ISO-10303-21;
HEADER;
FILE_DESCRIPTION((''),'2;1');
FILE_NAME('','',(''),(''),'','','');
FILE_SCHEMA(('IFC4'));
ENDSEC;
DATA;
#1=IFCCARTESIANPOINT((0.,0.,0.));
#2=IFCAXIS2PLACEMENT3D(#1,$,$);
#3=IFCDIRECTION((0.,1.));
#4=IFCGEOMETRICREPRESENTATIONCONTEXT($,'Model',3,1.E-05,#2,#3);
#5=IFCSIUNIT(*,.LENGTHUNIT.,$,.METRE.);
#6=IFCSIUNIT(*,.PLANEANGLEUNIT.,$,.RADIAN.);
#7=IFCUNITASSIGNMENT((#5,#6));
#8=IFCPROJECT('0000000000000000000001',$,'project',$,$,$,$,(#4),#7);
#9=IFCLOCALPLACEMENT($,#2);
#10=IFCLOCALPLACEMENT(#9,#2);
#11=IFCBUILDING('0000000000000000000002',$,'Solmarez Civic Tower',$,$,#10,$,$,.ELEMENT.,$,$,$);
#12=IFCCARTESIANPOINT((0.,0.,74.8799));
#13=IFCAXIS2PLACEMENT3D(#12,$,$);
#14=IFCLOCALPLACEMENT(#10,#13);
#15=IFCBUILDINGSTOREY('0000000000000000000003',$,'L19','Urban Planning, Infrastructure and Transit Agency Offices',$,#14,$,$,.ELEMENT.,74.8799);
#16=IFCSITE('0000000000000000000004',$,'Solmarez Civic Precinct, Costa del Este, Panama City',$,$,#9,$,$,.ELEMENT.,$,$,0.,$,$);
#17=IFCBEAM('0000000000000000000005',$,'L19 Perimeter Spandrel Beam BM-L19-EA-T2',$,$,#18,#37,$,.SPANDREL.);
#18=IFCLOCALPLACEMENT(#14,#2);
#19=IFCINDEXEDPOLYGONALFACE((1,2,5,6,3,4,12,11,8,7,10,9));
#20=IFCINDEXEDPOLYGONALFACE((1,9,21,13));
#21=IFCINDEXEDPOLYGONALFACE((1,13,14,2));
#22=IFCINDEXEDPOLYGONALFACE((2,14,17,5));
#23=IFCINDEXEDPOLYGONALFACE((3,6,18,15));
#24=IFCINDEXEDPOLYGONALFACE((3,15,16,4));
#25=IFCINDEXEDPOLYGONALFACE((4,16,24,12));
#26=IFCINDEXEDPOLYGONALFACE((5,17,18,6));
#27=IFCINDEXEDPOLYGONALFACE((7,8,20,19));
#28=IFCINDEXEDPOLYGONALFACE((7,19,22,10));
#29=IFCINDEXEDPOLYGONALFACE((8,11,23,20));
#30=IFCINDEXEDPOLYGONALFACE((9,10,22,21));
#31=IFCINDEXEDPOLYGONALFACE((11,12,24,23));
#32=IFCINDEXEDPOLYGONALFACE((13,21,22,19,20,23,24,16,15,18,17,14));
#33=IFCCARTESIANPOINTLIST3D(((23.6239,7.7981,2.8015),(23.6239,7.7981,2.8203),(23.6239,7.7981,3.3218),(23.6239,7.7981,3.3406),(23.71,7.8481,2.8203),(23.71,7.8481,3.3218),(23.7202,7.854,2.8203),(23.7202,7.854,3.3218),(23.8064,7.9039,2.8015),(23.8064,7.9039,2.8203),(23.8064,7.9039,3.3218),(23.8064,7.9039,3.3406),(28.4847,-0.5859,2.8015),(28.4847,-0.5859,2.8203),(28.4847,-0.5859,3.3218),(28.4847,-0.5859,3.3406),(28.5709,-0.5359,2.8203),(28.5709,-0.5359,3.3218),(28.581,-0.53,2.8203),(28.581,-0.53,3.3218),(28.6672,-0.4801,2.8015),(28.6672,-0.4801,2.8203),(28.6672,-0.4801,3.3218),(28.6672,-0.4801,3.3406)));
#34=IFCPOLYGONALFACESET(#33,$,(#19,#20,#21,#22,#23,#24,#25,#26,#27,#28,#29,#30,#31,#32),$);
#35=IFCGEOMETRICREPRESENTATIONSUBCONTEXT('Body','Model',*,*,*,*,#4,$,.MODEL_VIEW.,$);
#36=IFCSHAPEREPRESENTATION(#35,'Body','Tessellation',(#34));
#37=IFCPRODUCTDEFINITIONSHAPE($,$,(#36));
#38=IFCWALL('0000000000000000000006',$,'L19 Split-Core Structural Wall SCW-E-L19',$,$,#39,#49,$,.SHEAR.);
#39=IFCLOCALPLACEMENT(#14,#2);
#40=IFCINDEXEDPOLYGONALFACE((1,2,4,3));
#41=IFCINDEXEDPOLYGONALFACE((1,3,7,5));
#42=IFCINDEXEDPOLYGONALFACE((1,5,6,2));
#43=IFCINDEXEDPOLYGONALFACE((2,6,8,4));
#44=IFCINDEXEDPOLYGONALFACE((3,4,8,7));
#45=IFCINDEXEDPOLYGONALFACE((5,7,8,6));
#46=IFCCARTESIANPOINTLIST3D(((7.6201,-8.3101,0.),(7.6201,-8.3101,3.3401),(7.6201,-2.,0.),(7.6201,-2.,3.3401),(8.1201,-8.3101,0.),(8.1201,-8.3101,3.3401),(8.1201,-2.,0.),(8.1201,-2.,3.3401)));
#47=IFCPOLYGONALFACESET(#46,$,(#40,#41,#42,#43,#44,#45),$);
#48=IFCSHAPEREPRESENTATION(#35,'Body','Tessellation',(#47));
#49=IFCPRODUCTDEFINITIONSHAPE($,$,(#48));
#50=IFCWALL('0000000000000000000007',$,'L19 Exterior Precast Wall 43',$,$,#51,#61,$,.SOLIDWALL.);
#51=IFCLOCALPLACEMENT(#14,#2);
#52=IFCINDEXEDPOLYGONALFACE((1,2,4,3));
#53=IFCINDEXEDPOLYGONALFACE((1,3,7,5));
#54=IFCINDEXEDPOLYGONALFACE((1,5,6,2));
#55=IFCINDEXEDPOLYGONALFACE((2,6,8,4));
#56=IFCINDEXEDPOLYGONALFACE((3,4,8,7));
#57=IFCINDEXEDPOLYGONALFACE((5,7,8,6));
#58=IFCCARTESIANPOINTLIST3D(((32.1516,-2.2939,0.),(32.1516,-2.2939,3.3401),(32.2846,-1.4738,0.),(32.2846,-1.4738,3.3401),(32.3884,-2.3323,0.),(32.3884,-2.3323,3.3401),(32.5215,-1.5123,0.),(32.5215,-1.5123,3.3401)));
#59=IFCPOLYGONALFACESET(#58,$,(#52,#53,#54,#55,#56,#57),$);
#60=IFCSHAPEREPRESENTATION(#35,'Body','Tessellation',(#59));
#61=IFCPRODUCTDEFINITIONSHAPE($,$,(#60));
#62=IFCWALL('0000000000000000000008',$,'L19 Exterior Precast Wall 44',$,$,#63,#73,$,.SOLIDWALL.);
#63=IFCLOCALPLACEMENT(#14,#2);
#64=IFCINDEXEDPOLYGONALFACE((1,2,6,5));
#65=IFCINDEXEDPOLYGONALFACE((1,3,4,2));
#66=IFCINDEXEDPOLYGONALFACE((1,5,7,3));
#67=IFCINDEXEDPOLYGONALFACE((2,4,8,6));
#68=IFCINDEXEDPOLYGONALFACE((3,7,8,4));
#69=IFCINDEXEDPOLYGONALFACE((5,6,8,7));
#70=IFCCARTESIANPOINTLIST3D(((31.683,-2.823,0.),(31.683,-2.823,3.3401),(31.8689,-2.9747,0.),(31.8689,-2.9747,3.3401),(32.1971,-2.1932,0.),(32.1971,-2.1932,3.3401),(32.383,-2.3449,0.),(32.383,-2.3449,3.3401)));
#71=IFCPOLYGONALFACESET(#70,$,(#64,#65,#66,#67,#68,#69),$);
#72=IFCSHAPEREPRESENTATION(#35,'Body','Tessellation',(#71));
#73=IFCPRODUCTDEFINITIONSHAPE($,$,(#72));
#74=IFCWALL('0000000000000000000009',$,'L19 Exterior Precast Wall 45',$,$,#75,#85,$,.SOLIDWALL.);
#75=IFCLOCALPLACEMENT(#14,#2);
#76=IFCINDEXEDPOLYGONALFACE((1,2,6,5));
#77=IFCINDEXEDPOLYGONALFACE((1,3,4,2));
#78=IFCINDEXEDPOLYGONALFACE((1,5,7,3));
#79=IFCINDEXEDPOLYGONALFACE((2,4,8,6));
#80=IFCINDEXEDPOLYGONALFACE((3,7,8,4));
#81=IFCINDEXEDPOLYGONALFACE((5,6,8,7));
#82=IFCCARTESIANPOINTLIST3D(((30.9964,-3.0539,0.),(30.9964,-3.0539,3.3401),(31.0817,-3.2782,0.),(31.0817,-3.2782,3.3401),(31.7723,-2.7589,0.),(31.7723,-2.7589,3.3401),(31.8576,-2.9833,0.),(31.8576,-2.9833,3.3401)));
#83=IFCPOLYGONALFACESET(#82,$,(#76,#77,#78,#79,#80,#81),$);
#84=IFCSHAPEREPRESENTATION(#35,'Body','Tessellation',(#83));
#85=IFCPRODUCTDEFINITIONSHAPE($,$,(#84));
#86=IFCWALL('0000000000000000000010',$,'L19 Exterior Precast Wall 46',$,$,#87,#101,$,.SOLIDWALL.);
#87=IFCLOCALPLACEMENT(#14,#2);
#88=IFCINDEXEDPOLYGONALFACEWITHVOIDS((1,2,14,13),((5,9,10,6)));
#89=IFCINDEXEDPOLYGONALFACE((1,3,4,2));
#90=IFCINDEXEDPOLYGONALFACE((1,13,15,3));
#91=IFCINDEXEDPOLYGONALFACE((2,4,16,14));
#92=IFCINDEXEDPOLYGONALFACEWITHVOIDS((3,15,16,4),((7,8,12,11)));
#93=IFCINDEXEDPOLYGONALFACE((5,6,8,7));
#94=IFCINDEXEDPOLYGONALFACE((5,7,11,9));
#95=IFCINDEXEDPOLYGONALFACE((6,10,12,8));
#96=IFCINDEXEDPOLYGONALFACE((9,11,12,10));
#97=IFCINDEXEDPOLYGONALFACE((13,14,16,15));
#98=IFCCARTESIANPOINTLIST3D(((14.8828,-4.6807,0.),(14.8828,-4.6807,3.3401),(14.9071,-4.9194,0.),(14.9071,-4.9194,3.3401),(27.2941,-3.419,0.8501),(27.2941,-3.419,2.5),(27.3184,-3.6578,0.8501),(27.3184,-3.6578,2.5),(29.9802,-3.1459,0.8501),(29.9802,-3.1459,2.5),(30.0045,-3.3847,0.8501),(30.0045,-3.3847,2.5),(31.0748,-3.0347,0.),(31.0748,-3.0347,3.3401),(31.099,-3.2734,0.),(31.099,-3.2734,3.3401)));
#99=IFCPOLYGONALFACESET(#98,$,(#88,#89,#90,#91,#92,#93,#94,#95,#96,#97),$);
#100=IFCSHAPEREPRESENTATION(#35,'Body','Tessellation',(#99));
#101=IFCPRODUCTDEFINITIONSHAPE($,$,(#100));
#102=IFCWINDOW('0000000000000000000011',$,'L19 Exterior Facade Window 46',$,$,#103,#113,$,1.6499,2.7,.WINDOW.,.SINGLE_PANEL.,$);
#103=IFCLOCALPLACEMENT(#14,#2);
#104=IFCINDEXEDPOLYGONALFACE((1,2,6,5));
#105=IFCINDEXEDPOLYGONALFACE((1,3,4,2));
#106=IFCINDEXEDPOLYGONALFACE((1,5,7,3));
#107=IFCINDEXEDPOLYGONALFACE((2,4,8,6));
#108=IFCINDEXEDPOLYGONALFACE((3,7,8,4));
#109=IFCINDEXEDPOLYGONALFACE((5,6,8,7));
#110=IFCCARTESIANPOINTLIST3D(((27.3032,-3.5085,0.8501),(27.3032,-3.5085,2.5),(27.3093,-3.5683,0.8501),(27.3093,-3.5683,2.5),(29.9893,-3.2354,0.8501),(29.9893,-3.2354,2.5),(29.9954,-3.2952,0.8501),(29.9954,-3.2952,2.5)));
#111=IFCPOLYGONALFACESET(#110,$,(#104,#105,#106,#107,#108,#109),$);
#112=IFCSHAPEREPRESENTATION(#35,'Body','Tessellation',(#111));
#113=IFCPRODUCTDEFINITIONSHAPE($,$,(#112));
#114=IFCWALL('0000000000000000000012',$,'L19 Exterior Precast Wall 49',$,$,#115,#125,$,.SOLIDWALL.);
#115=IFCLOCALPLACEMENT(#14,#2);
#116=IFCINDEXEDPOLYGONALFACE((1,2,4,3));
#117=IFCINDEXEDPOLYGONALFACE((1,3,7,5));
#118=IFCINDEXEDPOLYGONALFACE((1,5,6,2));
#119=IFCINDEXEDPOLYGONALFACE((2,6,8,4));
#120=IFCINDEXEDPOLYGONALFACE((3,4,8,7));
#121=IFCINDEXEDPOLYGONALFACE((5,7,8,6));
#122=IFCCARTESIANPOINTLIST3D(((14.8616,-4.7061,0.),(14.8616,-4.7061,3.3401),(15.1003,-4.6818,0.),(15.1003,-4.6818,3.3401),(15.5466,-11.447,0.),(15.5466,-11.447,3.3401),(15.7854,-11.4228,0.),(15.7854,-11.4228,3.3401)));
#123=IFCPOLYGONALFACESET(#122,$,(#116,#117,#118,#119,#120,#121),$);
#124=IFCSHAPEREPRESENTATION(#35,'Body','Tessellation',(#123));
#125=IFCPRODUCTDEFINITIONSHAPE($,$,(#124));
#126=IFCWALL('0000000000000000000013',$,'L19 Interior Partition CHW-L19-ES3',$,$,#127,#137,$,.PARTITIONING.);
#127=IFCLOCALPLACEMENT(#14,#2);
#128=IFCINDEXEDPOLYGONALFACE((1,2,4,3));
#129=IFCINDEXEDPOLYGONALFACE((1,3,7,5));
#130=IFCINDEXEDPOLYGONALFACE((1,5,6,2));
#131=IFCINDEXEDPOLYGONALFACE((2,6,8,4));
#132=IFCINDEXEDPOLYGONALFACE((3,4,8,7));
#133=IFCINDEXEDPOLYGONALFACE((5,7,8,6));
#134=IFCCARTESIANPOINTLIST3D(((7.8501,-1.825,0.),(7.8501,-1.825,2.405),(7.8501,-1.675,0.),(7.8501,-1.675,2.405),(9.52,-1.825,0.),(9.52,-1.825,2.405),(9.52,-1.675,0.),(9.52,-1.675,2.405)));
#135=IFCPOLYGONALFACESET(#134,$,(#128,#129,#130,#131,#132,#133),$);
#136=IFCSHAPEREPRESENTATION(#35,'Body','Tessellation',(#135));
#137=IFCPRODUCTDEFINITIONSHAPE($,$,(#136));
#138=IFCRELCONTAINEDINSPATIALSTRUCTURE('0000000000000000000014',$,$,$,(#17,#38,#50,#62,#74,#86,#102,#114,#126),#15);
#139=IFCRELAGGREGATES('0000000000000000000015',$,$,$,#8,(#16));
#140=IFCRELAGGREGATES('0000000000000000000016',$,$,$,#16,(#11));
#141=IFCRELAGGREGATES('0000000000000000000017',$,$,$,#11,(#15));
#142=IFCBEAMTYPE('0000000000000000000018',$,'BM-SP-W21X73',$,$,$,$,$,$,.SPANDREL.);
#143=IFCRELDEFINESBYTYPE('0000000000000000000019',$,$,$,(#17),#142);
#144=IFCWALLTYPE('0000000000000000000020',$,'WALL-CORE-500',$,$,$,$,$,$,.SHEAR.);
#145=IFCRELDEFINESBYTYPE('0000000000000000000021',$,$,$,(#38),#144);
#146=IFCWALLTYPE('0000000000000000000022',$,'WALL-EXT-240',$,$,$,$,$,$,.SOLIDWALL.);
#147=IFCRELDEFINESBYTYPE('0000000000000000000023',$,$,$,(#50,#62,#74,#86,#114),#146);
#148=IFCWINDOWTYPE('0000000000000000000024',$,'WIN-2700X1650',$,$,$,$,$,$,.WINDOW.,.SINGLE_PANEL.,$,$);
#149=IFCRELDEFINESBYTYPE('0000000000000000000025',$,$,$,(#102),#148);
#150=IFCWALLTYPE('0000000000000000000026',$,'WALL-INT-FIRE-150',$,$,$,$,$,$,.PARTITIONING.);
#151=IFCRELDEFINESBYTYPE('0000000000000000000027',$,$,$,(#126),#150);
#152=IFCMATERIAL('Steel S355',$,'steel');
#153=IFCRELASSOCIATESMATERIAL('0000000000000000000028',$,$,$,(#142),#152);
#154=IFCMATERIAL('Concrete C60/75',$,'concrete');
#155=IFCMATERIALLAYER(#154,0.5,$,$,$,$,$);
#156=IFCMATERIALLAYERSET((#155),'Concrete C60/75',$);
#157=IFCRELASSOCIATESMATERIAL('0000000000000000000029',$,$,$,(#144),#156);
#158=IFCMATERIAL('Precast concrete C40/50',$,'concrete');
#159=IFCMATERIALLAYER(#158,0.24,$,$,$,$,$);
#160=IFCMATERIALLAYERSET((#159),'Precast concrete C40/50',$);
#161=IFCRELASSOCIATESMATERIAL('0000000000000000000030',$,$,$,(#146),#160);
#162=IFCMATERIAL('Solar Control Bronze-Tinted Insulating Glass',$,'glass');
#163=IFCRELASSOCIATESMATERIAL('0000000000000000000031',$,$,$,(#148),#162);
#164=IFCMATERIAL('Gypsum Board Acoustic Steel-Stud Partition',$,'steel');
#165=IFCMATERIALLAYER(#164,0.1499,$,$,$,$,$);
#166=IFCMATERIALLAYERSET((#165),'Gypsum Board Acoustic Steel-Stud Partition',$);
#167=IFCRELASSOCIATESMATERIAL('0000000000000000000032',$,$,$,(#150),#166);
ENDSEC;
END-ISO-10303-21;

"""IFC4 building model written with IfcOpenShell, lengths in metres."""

from ifc_helpers import new_model, si_unit, direction, frame, frame_2d, origin, origin_2d, place, context, subcontext, project, spatial, rectangle, i_section, extrude, material, layer, layer_set, material_profile, profile_set, type_object, element, fill, save


model = new_model("IFC4")

# Units and contexts
model_context = context("Model", 3, precision=1e-05, world=origin(), true_north=direction((0.0, 1.0)))
body_context = subcontext(model_context, "Body", "Model", "MODEL_VIEW")
ifc_project = project(units=[si_unit("LENGTHUNIT", "METRE"), si_unit("PLANEANGLEUNIT", "RADIAN")], contexts=[model_context])

# Site, building, storey
site_placement = place(None, origin())
site = spatial("IfcSite", under=ifc_project, at=site_placement, Name="Solmarez Civic Precinct, Costa del Este, Panama City", CompositionType="ELEMENT", RefElevation=0.0)
building_placement = place(site_placement, origin())
building = spatial("IfcBuilding", under=site, at=building_placement, Name="Solmarez Civic Tower", CompositionType="ELEMENT")
storey_placement = place(building_placement, frame((0.0, 0.0, 74.8799)))
storey = spatial("IfcBuildingStorey", under=building, at=storey_placement, Name="L19", Description="Urban Planning, Infrastructure and Transit Agency Offices", CompositionType="ELEMENT", Elevation=74.8799)

# Shared definitions
ifc_material_1 = material(Name="Concrete C60/75", Category="concrete")

# Beam
ifc_material_2 = material(Name="Steel S355", Category="steel")
ifc_material_profile_1 = material_profile(ifc_material_2, i_section(OverallWidth=0.2109, OverallDepth=0.5391, WebThickness=0.0117, FlangeThickness=0.0188, at=origin_2d()), Name="W21X73")
ifc_profile_set_1 = profile_set([ifc_material_profile_1], Name="Steel S355")
beam_type_1 = type_object("IfcBeamType", Name="BM-SP-W21X73", PredefinedType="SPANDREL", material=ifc_profile_set_1)
beam_1_placement = place(storey_placement, frame((28.5759, -0.533, 3.071), z_axis=(-0.501571, 0.865116, 0.0), x_axis=(-0.865116, -0.501571, 0.0)))
element("IfcBeam", 1, at=beam_1_placement, inside=storey, type_object=beam_type_1, Name="L19 Perimeter Spandrel Beam BM-L19-EA-T2", PredefinedType="SPANDREL", context=body_context, shape_type="SweptSolid", body=[
    extrude(i_section(OverallWidth=0.2109, OverallDepth=0.5391, WebThickness=0.0117, FlangeThickness=0.0188, at=origin_2d()), origin(), (0.0, 0.0, 1.0), 9.6912),
])

# Walls
ifc_layer_1 = layer(ifc_material_1, 0.5)
ifc_layer_set_1 = layer_set([ifc_layer_1], Name="Concrete C60/75")
wall_type_1 = type_object("IfcWallType", Name="WALL-CORE-500", PredefinedType="SHEAR", material=ifc_layer_set_1)
wall_1_placement = place(storey_placement, frame((7.8701, -2.0, 0.0), z_axis=(0.0, 0.0, 1.0), x_axis=(0.0, -1.0, 0.0)))
element("IfcWall", 2, at=wall_1_placement, inside=storey, type_object=wall_type_1, Name="L19 Split-Core Structural Wall SCW-E-L19", PredefinedType="SHEAR", context=body_context, shape_type="SweptSolid", body=[
    extrude(rectangle(XDim=6.3101, YDim=0.5, at=frame_2d((3.155, 0.0))), origin(), (0.0, 0.0, 1.0), 3.3401),
])
ifc_material_3 = material(Name="Precast concrete C40/50", Category="concrete")
ifc_layer_2 = layer(ifc_material_3, 0.24)
ifc_layer_set_2 = layer_set([ifc_layer_2], Name="Precast concrete C40/50")
wall_type_2 = type_object("IfcWallType", Name="WALL-EXT-240", PredefinedType="SOLIDWALL", material=ifc_layer_set_2)
wall_2_placement = place(storey_placement, frame((32.4031, -1.4929, 0.0), z_axis=(0.0, 0.0, 1.0), x_axis=(-0.160156, -0.987092, 0.0)))
element("IfcWall", 3, at=wall_2_placement, inside=storey, type_object=wall_type_2, Name="L19 Exterior Precast Wall 43", PredefinedType="SOLIDWALL", context=body_context, shape_type="SweptSolid", body=[
    extrude(rectangle(XDim=0.8308, YDim=0.24, at=frame_2d((0.4155, 0.0))), origin(), (0.0, 0.0, 1.0), 3.3401),
])
wall_3_placement = place(storey_placement, frame((32.29, -2.269, 0.0), z_axis=(0.0, 0.0, 1.0), x_axis=(-0.632354, -0.774679, 0.0)))
element("IfcWall", 4, at=wall_3_placement, inside=storey, type_object=wall_type_2, Name="L19 Exterior Precast Wall 44", PredefinedType="SOLIDWALL", context=body_context, shape_type="SweptSolid", body=[
    extrude(rectangle(XDim=0.813, YDim=0.24, at=frame_2d((0.4065, 0.0))), origin(), (0.0, 0.0, 1.0), 3.3401),
])
wall_4_placement = place(storey_placement, frame((31.8149, -2.8711, 0.0), z_axis=(0.0, 0.0, 1.0), x_axis=(-0.934748, -0.35531, 0.0)))
element("IfcWall", 5, at=wall_4_placement, inside=storey, type_object=wall_type_2, Name="L19 Exterior Precast Wall 45", PredefinedType="SOLIDWALL", context=body_context, shape_type="SweptSolid", body=[
    extrude(rectangle(XDim=0.8301, YDim=0.24, at=frame_2d((0.415, 0.0))), origin(), (0.0, 0.0, 1.0), 3.3401),
])

# Wall, opening, window
wall_5_placement = place(storey_placement, frame((31.0869, -3.1541, 0.0), z_axis=(0.0, 0.0, 1.0), x_axis=(-0.994873, -0.101134, 0.0)))
wall_5 = element("IfcWall", 6, at=wall_5_placement, inside=storey, type_object=wall_type_2, Name="L19 Exterior Precast Wall 46", PredefinedType="SOLIDWALL", context=body_context, shape_type="SweptSolid", body=[
    extrude(rectangle(XDim=16.2754, YDim=0.24, at=frame_2d((8.1377, 0.0))), origin(), (0.0, 0.0, 1.0), 3.3401),
])
opening_placement = place(wall_5_placement, frame((1.1001, 0.0, 0.8501)))
opening = element("IfcOpeningElement", 7, at=opening_placement, cuts=wall_5, PredefinedType="OPENING", context=body_context, shape_type="SweptSolid", body=[
    extrude(rectangle(XDim=2.7, YDim=1.6499, at=frame_2d((1.3501, 0.825))), frame((0.0, 0.1299, 0.0), z_axis=(0.0, -1.0, 0.0), x_axis=(1.0, 0.0, 0.0)), (0.0, 0.0, 1.0), 0.26),
])
ifc_material_4 = material(Name="Solar Control Bronze-Tinted Insulating Glass", Category="glass")
window_type = type_object("IfcWindowType", Name="WIN-2700X1650", PartitioningType="SINGLE_PANEL", PredefinedType="WINDOW", material=ifc_material_4)
window_placement = place(opening_placement, origin())
window = element("IfcWindow", 8, at=window_placement, inside=storey, type_object=window_type, Name="L19 Exterior Facade Window 46", OverallHeight=1.6499, OverallWidth=2.7, PartitioningType="SINGLE_PANEL", PredefinedType="WINDOW", context=body_context, shape_type="SweptSolid", body=[
    extrude(rectangle(XDim=2.7, YDim=1.6499, at=frame_2d((1.3501, 0.825))), frame((0.0, 0.03, 0.0), z_axis=(0.0, -1.0, 0.0), x_axis=(1.0, 0.0, 0.0)), (0.0, 0.0, 1.0), 0.0601),
])
fill(opening, window)

# Walls
wall_6_placement = place(storey_placement, frame((14.981, -4.6941, 0.0), z_axis=(0.0, 0.0, 1.0), x_axis=(0.101105, -0.994876, 0.0)))
element("IfcWall", 9, at=wall_6_placement, inside=storey, type_object=wall_type_2, Name="L19 Exterior Precast Wall 49", PredefinedType="SOLIDWALL", context=body_context, shape_type="SweptSolid", body=[
    extrude(rectangle(XDim=6.7756, YDim=0.24, at=frame_2d((3.3877, 0.0))), origin(), (0.0, 0.0, 1.0), 3.3401),
])
ifc_material_5 = material(Name="Gypsum Board Acoustic Steel-Stud Partition", Category="steel")
ifc_layer_3 = layer(ifc_material_5, 0.1499)
ifc_layer_set_3 = layer_set([ifc_layer_3], Name="Gypsum Board Acoustic Steel-Stud Partition")
wall_type_3 = type_object("IfcWallType", Name="WALL-INT-FIRE-150", PredefinedType="PARTITIONING", material=ifc_layer_set_3)
wall_7_placement = place(storey_placement, frame((7.8501, -1.75, 0.0), z_axis=(0.0, 0.0, 1.0), x_axis=(1.0, 0.0, 0.0)))
element("IfcWall", 10, at=wall_7_placement, inside=storey, type_object=wall_type_3, Name="L19 Interior Partition CHW-L19-ES3", PredefinedType="PARTITIONING", context=body_context, shape_type="SweptSolid", body=[
    extrude(rectangle(XDim=1.6699, YDim=0.1499, at=frame_2d((0.835, 0.0))), origin(), (0.0, 0.0, 1.0), 2.405),
])

save(model, "model.ifc")
